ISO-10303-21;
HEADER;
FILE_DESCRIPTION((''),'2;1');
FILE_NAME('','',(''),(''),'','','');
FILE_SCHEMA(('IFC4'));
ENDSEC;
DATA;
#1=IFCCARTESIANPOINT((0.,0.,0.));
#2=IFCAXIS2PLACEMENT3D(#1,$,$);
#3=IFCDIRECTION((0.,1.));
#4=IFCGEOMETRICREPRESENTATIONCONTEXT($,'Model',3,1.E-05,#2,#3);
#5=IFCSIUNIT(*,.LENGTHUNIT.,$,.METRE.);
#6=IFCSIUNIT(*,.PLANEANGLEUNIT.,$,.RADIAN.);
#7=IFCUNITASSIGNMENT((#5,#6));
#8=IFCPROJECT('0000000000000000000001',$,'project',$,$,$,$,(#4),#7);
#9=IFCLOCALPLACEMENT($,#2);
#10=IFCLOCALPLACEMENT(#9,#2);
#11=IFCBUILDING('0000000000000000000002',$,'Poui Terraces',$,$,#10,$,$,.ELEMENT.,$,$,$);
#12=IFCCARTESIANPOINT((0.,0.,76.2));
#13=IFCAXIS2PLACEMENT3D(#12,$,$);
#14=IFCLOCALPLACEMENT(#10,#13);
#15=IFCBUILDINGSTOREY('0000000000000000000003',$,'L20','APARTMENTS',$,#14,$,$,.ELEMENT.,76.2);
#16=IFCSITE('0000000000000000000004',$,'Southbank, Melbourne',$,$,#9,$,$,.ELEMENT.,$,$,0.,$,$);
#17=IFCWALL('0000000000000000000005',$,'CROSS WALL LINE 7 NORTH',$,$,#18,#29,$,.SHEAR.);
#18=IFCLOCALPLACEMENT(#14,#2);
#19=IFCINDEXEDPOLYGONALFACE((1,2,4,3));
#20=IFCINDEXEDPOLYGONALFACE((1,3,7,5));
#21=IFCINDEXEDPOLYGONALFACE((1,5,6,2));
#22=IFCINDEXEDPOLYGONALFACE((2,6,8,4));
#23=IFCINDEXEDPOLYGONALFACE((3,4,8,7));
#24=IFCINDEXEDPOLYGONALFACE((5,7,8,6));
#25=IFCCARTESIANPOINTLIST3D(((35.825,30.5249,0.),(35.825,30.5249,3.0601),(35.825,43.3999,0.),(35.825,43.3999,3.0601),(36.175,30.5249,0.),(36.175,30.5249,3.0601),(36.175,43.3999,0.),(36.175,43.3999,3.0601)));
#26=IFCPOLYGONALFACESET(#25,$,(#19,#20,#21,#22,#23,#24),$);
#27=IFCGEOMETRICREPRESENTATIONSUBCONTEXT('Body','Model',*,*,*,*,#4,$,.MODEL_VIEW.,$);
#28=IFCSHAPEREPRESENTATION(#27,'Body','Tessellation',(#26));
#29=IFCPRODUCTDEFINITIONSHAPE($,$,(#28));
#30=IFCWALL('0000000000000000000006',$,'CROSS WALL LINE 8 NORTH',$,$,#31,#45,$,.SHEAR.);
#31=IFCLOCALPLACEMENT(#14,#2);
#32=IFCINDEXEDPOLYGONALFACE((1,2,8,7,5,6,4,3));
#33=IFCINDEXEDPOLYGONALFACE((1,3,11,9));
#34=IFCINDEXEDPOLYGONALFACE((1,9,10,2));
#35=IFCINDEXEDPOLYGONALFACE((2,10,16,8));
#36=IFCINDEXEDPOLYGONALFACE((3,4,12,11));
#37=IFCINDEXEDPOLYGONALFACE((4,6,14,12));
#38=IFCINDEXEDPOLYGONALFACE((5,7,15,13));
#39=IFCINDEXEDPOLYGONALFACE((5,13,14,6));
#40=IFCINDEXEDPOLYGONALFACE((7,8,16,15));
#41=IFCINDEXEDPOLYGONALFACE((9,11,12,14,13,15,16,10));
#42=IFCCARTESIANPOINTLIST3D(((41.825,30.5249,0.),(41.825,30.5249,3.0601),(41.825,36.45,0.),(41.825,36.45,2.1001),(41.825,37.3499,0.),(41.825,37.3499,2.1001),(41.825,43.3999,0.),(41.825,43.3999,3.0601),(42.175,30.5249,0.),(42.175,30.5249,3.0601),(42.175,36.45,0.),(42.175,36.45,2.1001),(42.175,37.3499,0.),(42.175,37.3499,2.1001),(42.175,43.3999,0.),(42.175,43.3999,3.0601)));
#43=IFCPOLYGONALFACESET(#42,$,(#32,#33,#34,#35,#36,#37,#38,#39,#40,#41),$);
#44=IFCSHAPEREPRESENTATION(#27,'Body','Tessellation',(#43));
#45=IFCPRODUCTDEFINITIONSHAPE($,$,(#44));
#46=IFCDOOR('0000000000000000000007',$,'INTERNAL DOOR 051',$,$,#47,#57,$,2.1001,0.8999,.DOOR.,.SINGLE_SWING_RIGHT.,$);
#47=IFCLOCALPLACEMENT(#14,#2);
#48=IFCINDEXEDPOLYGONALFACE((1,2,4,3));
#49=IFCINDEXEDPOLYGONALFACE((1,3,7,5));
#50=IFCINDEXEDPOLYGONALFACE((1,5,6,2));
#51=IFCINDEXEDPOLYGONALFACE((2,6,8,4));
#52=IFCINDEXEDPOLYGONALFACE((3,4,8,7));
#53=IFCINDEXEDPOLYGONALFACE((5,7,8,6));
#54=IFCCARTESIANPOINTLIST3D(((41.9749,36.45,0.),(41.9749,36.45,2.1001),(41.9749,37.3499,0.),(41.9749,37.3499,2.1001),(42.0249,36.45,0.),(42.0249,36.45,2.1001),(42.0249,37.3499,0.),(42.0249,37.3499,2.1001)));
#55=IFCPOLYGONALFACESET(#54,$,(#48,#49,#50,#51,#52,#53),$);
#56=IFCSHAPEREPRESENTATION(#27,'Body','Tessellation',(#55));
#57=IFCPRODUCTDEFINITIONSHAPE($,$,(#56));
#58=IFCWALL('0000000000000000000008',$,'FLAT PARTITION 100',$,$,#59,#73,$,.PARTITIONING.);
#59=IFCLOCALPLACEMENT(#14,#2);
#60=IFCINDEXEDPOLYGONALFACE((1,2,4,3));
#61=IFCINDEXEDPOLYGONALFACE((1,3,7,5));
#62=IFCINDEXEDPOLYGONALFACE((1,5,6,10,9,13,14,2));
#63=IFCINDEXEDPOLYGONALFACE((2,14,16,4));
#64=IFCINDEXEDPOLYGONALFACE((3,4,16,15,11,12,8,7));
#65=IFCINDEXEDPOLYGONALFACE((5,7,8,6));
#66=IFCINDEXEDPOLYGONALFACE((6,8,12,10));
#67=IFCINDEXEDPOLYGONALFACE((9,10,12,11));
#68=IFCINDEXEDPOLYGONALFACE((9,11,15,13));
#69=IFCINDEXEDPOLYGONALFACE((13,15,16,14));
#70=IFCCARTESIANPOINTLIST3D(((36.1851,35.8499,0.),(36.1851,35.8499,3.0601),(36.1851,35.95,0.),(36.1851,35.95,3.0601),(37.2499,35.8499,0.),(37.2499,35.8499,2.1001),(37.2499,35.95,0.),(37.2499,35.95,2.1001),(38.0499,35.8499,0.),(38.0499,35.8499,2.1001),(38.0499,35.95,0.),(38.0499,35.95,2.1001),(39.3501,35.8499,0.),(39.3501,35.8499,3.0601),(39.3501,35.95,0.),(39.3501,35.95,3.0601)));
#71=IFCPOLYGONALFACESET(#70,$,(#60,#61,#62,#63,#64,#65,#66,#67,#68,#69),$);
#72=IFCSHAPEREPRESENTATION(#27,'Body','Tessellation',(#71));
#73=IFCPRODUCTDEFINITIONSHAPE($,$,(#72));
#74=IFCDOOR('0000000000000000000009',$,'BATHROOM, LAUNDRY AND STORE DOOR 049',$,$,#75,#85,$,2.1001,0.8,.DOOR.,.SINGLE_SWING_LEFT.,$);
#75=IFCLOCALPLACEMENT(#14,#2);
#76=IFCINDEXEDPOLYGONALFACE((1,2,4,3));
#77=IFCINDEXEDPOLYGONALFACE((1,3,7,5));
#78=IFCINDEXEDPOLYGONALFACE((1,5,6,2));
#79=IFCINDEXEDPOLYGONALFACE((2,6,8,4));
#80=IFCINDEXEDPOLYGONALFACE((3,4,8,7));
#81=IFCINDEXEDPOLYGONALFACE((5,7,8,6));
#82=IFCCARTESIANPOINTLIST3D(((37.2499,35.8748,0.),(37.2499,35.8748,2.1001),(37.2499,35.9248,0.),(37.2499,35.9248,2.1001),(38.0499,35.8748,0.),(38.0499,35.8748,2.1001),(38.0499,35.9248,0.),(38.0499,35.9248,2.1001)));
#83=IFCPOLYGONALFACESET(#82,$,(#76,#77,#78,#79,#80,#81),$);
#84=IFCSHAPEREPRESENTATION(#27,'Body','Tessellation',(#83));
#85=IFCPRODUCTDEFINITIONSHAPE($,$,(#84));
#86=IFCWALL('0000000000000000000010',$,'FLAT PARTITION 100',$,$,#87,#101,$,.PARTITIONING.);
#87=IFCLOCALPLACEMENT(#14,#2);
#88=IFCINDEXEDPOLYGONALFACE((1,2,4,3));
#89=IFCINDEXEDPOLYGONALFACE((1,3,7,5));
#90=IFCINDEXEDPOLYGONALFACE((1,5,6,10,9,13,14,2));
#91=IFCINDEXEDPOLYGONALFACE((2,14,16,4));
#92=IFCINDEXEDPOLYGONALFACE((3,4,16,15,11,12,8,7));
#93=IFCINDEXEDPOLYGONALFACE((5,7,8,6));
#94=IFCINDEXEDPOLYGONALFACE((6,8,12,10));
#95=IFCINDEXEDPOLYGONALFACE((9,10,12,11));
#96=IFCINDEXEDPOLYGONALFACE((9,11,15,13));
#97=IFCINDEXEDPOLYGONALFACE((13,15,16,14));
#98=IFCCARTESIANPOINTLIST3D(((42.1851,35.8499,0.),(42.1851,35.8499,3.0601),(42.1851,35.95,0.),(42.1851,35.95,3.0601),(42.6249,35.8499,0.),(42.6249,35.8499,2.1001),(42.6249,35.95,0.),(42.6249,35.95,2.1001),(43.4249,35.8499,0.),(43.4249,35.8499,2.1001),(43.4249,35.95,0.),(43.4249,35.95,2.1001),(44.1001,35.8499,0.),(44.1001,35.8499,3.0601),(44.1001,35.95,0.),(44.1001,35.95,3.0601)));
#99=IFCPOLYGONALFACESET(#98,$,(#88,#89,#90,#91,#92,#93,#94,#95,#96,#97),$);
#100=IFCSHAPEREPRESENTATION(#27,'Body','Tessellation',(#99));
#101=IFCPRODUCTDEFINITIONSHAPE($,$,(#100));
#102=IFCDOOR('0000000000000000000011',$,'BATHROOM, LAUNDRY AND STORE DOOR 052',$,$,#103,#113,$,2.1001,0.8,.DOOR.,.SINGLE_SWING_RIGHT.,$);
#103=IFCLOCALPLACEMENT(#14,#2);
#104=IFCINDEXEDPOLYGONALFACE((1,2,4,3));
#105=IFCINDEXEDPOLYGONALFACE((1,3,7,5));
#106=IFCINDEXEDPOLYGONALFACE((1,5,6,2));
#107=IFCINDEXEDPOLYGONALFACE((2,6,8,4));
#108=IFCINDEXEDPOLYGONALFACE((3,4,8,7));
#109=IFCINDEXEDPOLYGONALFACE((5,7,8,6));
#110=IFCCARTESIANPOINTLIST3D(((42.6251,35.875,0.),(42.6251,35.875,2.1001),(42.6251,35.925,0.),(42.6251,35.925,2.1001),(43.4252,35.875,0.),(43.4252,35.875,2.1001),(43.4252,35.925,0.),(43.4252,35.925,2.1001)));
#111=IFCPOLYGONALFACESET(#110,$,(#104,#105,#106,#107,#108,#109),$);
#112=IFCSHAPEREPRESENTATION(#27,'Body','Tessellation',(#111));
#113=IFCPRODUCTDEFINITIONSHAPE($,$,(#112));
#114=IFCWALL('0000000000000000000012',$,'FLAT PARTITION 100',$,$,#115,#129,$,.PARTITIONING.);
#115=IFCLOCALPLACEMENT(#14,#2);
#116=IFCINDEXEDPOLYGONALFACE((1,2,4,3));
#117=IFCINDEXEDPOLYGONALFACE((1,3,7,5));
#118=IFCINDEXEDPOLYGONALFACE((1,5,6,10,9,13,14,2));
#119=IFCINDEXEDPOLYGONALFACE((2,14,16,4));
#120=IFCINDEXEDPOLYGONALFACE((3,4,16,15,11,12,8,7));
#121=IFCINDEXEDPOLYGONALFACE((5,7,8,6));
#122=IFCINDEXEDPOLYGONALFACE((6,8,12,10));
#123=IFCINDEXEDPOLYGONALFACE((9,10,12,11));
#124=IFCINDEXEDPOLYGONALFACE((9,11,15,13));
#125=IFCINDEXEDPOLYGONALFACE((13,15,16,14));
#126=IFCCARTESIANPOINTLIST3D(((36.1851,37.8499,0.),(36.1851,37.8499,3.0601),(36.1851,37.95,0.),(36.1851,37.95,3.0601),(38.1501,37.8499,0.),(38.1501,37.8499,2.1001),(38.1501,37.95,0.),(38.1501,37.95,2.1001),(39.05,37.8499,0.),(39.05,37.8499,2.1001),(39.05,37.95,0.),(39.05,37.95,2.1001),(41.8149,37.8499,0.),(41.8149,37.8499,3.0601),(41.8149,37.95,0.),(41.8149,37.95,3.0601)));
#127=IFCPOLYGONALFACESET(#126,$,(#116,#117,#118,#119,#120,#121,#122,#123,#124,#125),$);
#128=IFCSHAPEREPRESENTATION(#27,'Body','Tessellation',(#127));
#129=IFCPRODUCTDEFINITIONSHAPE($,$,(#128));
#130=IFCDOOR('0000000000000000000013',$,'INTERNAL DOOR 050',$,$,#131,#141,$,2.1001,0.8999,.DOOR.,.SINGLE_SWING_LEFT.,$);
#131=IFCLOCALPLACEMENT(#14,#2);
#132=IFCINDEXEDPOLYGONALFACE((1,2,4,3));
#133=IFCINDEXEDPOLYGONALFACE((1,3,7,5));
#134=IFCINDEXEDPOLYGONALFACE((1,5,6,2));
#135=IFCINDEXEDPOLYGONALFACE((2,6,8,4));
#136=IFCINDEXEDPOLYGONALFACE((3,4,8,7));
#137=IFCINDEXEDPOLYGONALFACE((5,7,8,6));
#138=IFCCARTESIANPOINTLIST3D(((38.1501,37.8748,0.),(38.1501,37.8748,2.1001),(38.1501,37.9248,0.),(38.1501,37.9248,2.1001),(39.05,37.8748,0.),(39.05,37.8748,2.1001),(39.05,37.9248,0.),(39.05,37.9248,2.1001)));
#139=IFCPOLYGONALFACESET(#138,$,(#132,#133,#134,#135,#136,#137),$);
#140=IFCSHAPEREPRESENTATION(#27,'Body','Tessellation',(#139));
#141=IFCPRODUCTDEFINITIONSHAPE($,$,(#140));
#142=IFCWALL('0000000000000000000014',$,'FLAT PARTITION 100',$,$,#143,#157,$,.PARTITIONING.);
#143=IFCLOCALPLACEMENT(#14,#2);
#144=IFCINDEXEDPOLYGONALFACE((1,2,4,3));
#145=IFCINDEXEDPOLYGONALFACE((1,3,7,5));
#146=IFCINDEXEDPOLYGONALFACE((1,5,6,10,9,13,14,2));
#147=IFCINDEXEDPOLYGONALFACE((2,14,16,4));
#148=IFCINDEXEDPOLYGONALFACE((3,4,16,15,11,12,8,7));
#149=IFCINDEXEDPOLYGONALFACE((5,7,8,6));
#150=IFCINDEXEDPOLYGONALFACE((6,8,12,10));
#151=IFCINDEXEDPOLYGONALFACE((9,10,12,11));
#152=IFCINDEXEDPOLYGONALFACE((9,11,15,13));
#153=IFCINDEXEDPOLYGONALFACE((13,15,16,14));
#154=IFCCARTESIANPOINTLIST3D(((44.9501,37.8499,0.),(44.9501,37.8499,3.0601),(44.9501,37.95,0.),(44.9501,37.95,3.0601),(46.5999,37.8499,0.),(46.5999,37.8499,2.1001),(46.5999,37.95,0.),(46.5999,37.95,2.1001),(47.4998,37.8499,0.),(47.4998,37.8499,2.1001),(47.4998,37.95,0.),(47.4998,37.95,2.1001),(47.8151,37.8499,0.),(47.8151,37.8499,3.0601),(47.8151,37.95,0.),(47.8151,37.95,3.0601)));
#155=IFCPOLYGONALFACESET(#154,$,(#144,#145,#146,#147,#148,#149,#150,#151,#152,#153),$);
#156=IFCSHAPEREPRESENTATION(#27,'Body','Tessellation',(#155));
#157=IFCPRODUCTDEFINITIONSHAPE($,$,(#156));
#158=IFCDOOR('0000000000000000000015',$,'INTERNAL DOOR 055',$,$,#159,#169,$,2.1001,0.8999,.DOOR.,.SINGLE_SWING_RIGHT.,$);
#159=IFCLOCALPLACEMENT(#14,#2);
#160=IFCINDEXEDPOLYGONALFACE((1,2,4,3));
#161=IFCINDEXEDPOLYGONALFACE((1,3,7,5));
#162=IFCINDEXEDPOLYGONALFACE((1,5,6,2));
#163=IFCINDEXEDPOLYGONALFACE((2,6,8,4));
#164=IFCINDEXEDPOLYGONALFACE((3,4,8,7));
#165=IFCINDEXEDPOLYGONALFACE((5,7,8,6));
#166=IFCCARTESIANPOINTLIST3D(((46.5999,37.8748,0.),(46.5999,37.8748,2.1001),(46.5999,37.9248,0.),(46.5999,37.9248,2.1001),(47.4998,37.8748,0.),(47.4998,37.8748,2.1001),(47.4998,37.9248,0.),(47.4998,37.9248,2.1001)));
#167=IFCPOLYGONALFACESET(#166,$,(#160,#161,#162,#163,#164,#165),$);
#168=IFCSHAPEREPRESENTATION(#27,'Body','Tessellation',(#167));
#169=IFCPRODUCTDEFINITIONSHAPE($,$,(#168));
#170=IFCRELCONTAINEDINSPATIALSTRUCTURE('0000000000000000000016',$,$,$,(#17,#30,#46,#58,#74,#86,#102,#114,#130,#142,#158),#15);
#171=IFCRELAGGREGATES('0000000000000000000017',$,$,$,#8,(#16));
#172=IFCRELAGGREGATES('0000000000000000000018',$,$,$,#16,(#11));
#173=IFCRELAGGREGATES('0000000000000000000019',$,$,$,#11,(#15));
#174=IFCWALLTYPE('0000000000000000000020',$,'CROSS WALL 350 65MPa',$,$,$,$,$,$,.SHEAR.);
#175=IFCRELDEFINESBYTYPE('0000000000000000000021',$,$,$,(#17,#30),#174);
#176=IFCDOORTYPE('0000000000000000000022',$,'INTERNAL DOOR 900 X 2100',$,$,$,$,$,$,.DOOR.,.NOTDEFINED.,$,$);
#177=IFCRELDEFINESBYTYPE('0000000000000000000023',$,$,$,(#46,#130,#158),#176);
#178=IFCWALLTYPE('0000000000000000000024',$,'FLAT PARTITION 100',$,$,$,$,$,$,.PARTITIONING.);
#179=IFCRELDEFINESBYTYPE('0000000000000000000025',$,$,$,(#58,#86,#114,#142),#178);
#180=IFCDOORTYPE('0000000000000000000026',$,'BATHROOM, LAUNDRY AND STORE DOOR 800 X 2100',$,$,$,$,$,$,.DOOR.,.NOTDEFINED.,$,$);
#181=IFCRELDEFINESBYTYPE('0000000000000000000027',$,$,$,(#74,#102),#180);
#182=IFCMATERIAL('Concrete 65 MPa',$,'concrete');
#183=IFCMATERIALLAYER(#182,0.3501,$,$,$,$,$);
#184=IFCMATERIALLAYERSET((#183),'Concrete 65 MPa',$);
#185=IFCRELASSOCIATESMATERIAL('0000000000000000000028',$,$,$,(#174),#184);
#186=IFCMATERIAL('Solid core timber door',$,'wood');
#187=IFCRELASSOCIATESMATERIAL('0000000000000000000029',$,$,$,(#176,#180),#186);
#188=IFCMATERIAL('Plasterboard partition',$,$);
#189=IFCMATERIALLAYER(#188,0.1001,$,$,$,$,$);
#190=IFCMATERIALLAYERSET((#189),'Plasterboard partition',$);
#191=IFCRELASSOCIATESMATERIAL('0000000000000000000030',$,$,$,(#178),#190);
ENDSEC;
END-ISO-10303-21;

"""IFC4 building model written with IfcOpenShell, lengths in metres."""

from ifc_helpers import new_model, si_unit, direction, frame, frame_2d, origin, place, context, subcontext, project, spatial, rectangle, extrude, material, layer, layer_set, type_object, element, fill, save


model = new_model("IFC4")

# Units and contexts
model_context = context("Model", 3, precision=1e-05, world=origin(), true_north=direction((0.0, 1.0)))
body_context = subcontext(model_context, "Body", "Model", "MODEL_VIEW")
ifc_project = project(units=[si_unit("LENGTHUNIT", "METRE"), si_unit("PLANEANGLEUNIT", "RADIAN")], contexts=[model_context])

# Site, building, storey
site_placement = place(None, origin())
site = spatial("IfcSite", under=ifc_project, at=site_placement, Name="Southbank, Melbourne", CompositionType="ELEMENT", RefElevation=0.0)
building_placement = place(site_placement, origin())
building = spatial("IfcBuilding", under=site, at=building_placement, Name="Poui Terraces", CompositionType="ELEMENT")
storey_placement = place(building_placement, frame((0.0, 0.0, 76.2)))
storey = spatial("IfcBuildingStorey", under=building, at=storey_placement, Name="L20", Description="APARTMENTS", CompositionType="ELEMENT", Elevation=76.2)

# Wall
ifc_material_1 = material(Name="Concrete 65 MPa", Category="concrete")
ifc_layer_1 = layer(ifc_material_1, 0.3501)
ifc_layer_set_1 = layer_set([ifc_layer_1], Name="Concrete 65 MPa")
wall_type_1 = type_object("IfcWallType", Name="CROSS WALL 350 65MPa", PredefinedType="SHEAR", material=ifc_layer_set_1)
wall_1_placement = place(storey_placement, frame((36.0, 30.5249, 0.0), z_axis=(0.0, 0.0, 1.0), x_axis=(0.0, 1.0, 0.0)))
element("IfcWall", 1, at=wall_1_placement, inside=storey, type_object=wall_type_1, Name="CROSS WALL LINE 7 NORTH", PredefinedType="SHEAR", context=body_context, shape_type="SweptSolid", body=[
    extrude(rectangle(XDim=12.875, YDim=0.3501, at=frame_2d((6.4375, 0.0))), origin(), (0.0, 0.0, 1.0), 3.0601),
])

# Walls, openings, doors
wall_2_placement = place(storey_placement, frame((42.0, 30.5249, 0.0), z_axis=(0.0, 0.0, 1.0), x_axis=(0.0, 1.0, 0.0)))
wall_2 = element("IfcWall", 2, at=wall_2_placement, inside=storey, type_object=wall_type_1, Name="CROSS WALL LINE 8 NORTH", PredefinedType="SHEAR", context=body_context, shape_type="SweptSolid", body=[
    extrude(rectangle(XDim=12.875, YDim=0.3501, at=frame_2d((6.4375, 0.0))), origin(), (0.0, 0.0, 1.0), 3.0601),
])
opening_1_placement = place(wall_2_placement, frame((5.925, 0.0, 0.0)))
opening_1 = element("IfcOpeningElement", 3, at=opening_1_placement, cuts=wall_2, PredefinedType="OPENING", context=body_context, shape_type="SweptSolid", body=[
    extrude(rectangle(XDim=0.8999, YDim=2.1001, at=frame_2d((0.45, 1.05))), frame((0.0, 0.1851, 0.0), z_axis=(0.0, -1.0, 0.0), x_axis=(1.0, 0.0, 0.0)), (0.0, 0.0, 1.0), 0.3701),
])
ifc_material_2 = material(Name="Solid core timber door", Category="wood")
door_type_1 = type_object("IfcDoorType", Name="INTERNAL DOOR 900 X 2100", OperationType="NOTDEFINED", PredefinedType="DOOR", material=ifc_material_2)
door_1_placement = place(opening_1_placement, frame((0.8999, 0.0, 0.0), z_axis=(0.0, 0.0, 1.0), x_axis=(-1.0, 0.0, 0.0)))
door_1 = element("IfcDoor", 4, at=door_1_placement, inside=storey, type_object=door_type_1, Name="INTERNAL DOOR 051", OperationType="SINGLE_SWING_RIGHT", OverallHeight=2.1001, OverallWidth=0.8999, PredefinedType="DOOR", context=body_context, shape_type="SweptSolid", body=[
    extrude(rectangle(XDim=0.8999, YDim=2.1001, at=frame_2d((0.45, 1.05))), frame((0.0, 0.0249, 0.0), z_axis=(0.0, -1.0, 0.0), x_axis=(1.0, 0.0, 0.0)), (0.0, 0.0, 1.0), 0.05),
])
fill(opening_1, door_1)
ifc_material_3 = material(Name="Plasterboard partition")
ifc_layer_2 = layer(ifc_material_3, 0.1001)
ifc_layer_set_2 = layer_set([ifc_layer_2], Name="Plasterboard partition")
wall_type_2 = type_object("IfcWallType", Name="FLAT PARTITION 100", PredefinedType="PARTITIONING", material=ifc_layer_set_2)
wall_3_placement = place(storey_placement, frame((36.1851, 35.8999, 0.0), z_axis=(0.0, 0.0, 1.0), x_axis=(1.0, 0.0, 0.0)))
wall_3 = element("IfcWall", 5, at=wall_3_placement, inside=storey, type_object=wall_type_2, Name="FLAT PARTITION 100", PredefinedType="PARTITIONING", context=body_context, shape_type="SweptSolid", body=[
    extrude(rectangle(XDim=3.165, YDim=0.1001, at=frame_2d((1.5825, 0.0))), origin(), (0.0, 0.0, 1.0), 3.0601),
])
opening_2_placement = place(wall_3_placement, frame((1.0649, 0.0, 0.0)))
opening_2 = element("IfcOpeningElement", 6, at=opening_2_placement, cuts=wall_3, PredefinedType="OPENING", context=body_context, shape_type="SweptSolid", body=[
    extrude(rectangle(XDim=0.8, YDim=2.1001, at=frame_2d((0.3999, 1.05))), frame((0.0, 0.0601, 0.0), z_axis=(0.0, -1.0, 0.0), x_axis=(1.0, 0.0, 0.0)), (0.0, 0.0, 1.0), 0.1201),
])
door_type_2 = type_object("IfcDoorType", Name="BATHROOM, LAUNDRY AND STORE DOOR 800 X 2100", OperationType="NOTDEFINED", PredefinedType="DOOR", material=ifc_material_2)
door_2_placement = place(opening_2_placement, origin())
door_2 = element("IfcDoor", 7, at=door_2_placement, inside=storey, type_object=door_type_2, Name="BATHROOM, LAUNDRY AND STORE DOOR 049", OperationType="SINGLE_SWING_LEFT", OverallHeight=2.1001, OverallWidth=0.8, PredefinedType="DOOR", context=body_context, shape_type="SweptSolid", body=[
    extrude(rectangle(XDim=0.8, YDim=2.1001, at=frame_2d((0.3999, 1.05))), frame((0.0, 0.0249, 0.0), z_axis=(0.0, -1.0, 0.0), x_axis=(1.0, 0.0, 0.0)), (0.0, 0.0, 1.0), 0.05),
])
fill(opening_2, door_2)
wall_4_placement = place(storey_placement, frame((42.1851, 35.8999, 0.0), z_axis=(0.0, 0.0, 1.0), x_axis=(1.0, 0.0, 0.0)))
wall_4 = element("IfcWall", 8, at=wall_4_placement, inside=storey, type_object=wall_type_2, Name="FLAT PARTITION 100", PredefinedType="PARTITIONING", context=body_context, shape_type="SweptSolid", body=[
    extrude(rectangle(XDim=1.915, YDim=0.1001, at=frame_2d((0.9575, 0.0))), origin(), (0.0, 0.0, 1.0), 3.0601),
])
opening_3_placement = place(wall_4_placement, frame((0.4399, 0.0, 0.0)))
opening_3 = element("IfcOpeningElement", 9, at=opening_3_placement, cuts=wall_4, PredefinedType="OPENING", context=body_context, shape_type="SweptSolid", body=[
    extrude(rectangle(XDim=0.8, YDim=2.1001, at=frame_2d((0.3999, 1.05))), frame((0.0, 0.0601, 0.0), z_axis=(0.0, -1.0, 0.0), x_axis=(1.0, 0.0, 0.0)), (0.0, 0.0, 1.0), 0.1201),
])
door_3_placement = place(opening_3_placement, frame((0.8, 0.0, 0.0), z_axis=(0.0, 0.0, 1.0), x_axis=(-1.0, 0.0, 0.0)))
door_3 = element("IfcDoor", 10, at=door_3_placement, inside=storey, type_object=door_type_2, Name="BATHROOM, LAUNDRY AND STORE DOOR 052", OperationType="SINGLE_SWING_RIGHT", OverallHeight=2.1001, OverallWidth=0.8, PredefinedType="DOOR", context=body_context, shape_type="SweptSolid", body=[
    extrude(rectangle(XDim=0.8, YDim=2.1001, at=frame_2d((0.3999, 1.05))), frame((0.0, 0.0249, 0.0), z_axis=(0.0, -1.0, 0.0), x_axis=(1.0, 0.0, 0.0)), (0.0, 0.0, 1.0), 0.05),
])
fill(opening_3, door_3)
wall_5_placement = place(storey_placement, frame((36.1851, 37.8999, 0.0), z_axis=(0.0, 0.0, 1.0), x_axis=(1.0, 0.0, 0.0)))
wall_5 = element("IfcWall", 11, at=wall_5_placement, inside=storey, type_object=wall_type_2, Name="FLAT PARTITION 100", PredefinedType="PARTITIONING", context=body_context, shape_type="SweptSolid", body=[
    extrude(rectangle(XDim=5.6299, YDim=0.1001, at=frame_2d((2.8149, 0.0))), origin(), (0.0, 0.0, 1.0), 3.0601),
])
opening_4_placement = place(wall_5_placement, frame((1.9651, 0.0, 0.0)))
opening_4 = element("IfcOpeningElement", 12, at=opening_4_placement, cuts=wall_5, PredefinedType="OPENING", context=body_context, shape_type="SweptSolid", body=[
    extrude(rectangle(XDim=0.8999, YDim=2.1001, at=frame_2d((0.45, 1.05))), frame((0.0, 0.0601, 0.0), z_axis=(0.0, -1.0, 0.0), x_axis=(1.0, 0.0, 0.0)), (0.0, 0.0, 1.0), 0.1201),
])
door_4_placement = place(opening_4_placement, origin())
door_4 = element("IfcDoor", 13, at=door_4_placement, inside=storey, type_object=door_type_1, Name="INTERNAL DOOR 050", OperationType="SINGLE_SWING_LEFT", OverallHeight=2.1001, OverallWidth=0.8999, PredefinedType="DOOR", context=body_context, shape_type="SweptSolid", body=[
    extrude(rectangle(XDim=0.8999, YDim=2.1001, at=frame_2d((0.45, 1.05))), frame((0.0, 0.0249, 0.0), z_axis=(0.0, -1.0, 0.0), x_axis=(1.0, 0.0, 0.0)), (0.0, 0.0, 1.0), 0.05),
])
fill(opening_4, door_4)
wall_6_placement = place(storey_placement, frame((44.95, 37.8999, 0.0), z_axis=(0.0, 0.0, 1.0), x_axis=(1.0, 0.0, 0.0)))
wall_6 = element("IfcWall", 14, at=wall_6_placement, inside=storey, type_object=wall_type_2, Name="FLAT PARTITION 100", PredefinedType="PARTITIONING", context=body_context, shape_type="SweptSolid", body=[
    extrude(rectangle(XDim=2.865, YDim=0.1001, at=frame_2d((1.4326, 0.0))), origin(), (0.0, 0.0, 1.0), 3.0601),
])
opening_5_placement = place(wall_6_placement, frame((1.6499, 0.0, 0.0)))
opening_5 = element("IfcOpeningElement", 15, at=opening_5_placement, cuts=wall_6, PredefinedType="OPENING", context=body_context, shape_type="SweptSolid", body=[
    extrude(rectangle(XDim=0.8999, YDim=2.1001, at=frame_2d((0.45, 1.05))), frame((0.0, 0.0601, 0.0), z_axis=(0.0, -1.0, 0.0), x_axis=(1.0, 0.0, 0.0)), (0.0, 0.0, 1.0), 0.1201),
])
door_5_placement = place(opening_5_placement, origin())
door_5 = element("IfcDoor", 16, at=door_5_placement, inside=storey, type_object=door_type_1, Name="INTERNAL DOOR 055", OperationType="SINGLE_SWING_RIGHT", OverallHeight=2.1001, OverallWidth=0.8999, PredefinedType="DOOR", context=body_context, shape_type="SweptSolid", body=[
    extrude(rectangle(XDim=0.8999, YDim=2.1001, at=frame_2d((0.45, 1.05))), frame((0.0, 0.0249, 0.0), z_axis=(0.0, -1.0, 0.0), x_axis=(1.0, 0.0, 0.0)), (0.0, 0.0, 1.0), 0.05),
])
fill(opening_5, door_5)

save(model, "model.ifc")
